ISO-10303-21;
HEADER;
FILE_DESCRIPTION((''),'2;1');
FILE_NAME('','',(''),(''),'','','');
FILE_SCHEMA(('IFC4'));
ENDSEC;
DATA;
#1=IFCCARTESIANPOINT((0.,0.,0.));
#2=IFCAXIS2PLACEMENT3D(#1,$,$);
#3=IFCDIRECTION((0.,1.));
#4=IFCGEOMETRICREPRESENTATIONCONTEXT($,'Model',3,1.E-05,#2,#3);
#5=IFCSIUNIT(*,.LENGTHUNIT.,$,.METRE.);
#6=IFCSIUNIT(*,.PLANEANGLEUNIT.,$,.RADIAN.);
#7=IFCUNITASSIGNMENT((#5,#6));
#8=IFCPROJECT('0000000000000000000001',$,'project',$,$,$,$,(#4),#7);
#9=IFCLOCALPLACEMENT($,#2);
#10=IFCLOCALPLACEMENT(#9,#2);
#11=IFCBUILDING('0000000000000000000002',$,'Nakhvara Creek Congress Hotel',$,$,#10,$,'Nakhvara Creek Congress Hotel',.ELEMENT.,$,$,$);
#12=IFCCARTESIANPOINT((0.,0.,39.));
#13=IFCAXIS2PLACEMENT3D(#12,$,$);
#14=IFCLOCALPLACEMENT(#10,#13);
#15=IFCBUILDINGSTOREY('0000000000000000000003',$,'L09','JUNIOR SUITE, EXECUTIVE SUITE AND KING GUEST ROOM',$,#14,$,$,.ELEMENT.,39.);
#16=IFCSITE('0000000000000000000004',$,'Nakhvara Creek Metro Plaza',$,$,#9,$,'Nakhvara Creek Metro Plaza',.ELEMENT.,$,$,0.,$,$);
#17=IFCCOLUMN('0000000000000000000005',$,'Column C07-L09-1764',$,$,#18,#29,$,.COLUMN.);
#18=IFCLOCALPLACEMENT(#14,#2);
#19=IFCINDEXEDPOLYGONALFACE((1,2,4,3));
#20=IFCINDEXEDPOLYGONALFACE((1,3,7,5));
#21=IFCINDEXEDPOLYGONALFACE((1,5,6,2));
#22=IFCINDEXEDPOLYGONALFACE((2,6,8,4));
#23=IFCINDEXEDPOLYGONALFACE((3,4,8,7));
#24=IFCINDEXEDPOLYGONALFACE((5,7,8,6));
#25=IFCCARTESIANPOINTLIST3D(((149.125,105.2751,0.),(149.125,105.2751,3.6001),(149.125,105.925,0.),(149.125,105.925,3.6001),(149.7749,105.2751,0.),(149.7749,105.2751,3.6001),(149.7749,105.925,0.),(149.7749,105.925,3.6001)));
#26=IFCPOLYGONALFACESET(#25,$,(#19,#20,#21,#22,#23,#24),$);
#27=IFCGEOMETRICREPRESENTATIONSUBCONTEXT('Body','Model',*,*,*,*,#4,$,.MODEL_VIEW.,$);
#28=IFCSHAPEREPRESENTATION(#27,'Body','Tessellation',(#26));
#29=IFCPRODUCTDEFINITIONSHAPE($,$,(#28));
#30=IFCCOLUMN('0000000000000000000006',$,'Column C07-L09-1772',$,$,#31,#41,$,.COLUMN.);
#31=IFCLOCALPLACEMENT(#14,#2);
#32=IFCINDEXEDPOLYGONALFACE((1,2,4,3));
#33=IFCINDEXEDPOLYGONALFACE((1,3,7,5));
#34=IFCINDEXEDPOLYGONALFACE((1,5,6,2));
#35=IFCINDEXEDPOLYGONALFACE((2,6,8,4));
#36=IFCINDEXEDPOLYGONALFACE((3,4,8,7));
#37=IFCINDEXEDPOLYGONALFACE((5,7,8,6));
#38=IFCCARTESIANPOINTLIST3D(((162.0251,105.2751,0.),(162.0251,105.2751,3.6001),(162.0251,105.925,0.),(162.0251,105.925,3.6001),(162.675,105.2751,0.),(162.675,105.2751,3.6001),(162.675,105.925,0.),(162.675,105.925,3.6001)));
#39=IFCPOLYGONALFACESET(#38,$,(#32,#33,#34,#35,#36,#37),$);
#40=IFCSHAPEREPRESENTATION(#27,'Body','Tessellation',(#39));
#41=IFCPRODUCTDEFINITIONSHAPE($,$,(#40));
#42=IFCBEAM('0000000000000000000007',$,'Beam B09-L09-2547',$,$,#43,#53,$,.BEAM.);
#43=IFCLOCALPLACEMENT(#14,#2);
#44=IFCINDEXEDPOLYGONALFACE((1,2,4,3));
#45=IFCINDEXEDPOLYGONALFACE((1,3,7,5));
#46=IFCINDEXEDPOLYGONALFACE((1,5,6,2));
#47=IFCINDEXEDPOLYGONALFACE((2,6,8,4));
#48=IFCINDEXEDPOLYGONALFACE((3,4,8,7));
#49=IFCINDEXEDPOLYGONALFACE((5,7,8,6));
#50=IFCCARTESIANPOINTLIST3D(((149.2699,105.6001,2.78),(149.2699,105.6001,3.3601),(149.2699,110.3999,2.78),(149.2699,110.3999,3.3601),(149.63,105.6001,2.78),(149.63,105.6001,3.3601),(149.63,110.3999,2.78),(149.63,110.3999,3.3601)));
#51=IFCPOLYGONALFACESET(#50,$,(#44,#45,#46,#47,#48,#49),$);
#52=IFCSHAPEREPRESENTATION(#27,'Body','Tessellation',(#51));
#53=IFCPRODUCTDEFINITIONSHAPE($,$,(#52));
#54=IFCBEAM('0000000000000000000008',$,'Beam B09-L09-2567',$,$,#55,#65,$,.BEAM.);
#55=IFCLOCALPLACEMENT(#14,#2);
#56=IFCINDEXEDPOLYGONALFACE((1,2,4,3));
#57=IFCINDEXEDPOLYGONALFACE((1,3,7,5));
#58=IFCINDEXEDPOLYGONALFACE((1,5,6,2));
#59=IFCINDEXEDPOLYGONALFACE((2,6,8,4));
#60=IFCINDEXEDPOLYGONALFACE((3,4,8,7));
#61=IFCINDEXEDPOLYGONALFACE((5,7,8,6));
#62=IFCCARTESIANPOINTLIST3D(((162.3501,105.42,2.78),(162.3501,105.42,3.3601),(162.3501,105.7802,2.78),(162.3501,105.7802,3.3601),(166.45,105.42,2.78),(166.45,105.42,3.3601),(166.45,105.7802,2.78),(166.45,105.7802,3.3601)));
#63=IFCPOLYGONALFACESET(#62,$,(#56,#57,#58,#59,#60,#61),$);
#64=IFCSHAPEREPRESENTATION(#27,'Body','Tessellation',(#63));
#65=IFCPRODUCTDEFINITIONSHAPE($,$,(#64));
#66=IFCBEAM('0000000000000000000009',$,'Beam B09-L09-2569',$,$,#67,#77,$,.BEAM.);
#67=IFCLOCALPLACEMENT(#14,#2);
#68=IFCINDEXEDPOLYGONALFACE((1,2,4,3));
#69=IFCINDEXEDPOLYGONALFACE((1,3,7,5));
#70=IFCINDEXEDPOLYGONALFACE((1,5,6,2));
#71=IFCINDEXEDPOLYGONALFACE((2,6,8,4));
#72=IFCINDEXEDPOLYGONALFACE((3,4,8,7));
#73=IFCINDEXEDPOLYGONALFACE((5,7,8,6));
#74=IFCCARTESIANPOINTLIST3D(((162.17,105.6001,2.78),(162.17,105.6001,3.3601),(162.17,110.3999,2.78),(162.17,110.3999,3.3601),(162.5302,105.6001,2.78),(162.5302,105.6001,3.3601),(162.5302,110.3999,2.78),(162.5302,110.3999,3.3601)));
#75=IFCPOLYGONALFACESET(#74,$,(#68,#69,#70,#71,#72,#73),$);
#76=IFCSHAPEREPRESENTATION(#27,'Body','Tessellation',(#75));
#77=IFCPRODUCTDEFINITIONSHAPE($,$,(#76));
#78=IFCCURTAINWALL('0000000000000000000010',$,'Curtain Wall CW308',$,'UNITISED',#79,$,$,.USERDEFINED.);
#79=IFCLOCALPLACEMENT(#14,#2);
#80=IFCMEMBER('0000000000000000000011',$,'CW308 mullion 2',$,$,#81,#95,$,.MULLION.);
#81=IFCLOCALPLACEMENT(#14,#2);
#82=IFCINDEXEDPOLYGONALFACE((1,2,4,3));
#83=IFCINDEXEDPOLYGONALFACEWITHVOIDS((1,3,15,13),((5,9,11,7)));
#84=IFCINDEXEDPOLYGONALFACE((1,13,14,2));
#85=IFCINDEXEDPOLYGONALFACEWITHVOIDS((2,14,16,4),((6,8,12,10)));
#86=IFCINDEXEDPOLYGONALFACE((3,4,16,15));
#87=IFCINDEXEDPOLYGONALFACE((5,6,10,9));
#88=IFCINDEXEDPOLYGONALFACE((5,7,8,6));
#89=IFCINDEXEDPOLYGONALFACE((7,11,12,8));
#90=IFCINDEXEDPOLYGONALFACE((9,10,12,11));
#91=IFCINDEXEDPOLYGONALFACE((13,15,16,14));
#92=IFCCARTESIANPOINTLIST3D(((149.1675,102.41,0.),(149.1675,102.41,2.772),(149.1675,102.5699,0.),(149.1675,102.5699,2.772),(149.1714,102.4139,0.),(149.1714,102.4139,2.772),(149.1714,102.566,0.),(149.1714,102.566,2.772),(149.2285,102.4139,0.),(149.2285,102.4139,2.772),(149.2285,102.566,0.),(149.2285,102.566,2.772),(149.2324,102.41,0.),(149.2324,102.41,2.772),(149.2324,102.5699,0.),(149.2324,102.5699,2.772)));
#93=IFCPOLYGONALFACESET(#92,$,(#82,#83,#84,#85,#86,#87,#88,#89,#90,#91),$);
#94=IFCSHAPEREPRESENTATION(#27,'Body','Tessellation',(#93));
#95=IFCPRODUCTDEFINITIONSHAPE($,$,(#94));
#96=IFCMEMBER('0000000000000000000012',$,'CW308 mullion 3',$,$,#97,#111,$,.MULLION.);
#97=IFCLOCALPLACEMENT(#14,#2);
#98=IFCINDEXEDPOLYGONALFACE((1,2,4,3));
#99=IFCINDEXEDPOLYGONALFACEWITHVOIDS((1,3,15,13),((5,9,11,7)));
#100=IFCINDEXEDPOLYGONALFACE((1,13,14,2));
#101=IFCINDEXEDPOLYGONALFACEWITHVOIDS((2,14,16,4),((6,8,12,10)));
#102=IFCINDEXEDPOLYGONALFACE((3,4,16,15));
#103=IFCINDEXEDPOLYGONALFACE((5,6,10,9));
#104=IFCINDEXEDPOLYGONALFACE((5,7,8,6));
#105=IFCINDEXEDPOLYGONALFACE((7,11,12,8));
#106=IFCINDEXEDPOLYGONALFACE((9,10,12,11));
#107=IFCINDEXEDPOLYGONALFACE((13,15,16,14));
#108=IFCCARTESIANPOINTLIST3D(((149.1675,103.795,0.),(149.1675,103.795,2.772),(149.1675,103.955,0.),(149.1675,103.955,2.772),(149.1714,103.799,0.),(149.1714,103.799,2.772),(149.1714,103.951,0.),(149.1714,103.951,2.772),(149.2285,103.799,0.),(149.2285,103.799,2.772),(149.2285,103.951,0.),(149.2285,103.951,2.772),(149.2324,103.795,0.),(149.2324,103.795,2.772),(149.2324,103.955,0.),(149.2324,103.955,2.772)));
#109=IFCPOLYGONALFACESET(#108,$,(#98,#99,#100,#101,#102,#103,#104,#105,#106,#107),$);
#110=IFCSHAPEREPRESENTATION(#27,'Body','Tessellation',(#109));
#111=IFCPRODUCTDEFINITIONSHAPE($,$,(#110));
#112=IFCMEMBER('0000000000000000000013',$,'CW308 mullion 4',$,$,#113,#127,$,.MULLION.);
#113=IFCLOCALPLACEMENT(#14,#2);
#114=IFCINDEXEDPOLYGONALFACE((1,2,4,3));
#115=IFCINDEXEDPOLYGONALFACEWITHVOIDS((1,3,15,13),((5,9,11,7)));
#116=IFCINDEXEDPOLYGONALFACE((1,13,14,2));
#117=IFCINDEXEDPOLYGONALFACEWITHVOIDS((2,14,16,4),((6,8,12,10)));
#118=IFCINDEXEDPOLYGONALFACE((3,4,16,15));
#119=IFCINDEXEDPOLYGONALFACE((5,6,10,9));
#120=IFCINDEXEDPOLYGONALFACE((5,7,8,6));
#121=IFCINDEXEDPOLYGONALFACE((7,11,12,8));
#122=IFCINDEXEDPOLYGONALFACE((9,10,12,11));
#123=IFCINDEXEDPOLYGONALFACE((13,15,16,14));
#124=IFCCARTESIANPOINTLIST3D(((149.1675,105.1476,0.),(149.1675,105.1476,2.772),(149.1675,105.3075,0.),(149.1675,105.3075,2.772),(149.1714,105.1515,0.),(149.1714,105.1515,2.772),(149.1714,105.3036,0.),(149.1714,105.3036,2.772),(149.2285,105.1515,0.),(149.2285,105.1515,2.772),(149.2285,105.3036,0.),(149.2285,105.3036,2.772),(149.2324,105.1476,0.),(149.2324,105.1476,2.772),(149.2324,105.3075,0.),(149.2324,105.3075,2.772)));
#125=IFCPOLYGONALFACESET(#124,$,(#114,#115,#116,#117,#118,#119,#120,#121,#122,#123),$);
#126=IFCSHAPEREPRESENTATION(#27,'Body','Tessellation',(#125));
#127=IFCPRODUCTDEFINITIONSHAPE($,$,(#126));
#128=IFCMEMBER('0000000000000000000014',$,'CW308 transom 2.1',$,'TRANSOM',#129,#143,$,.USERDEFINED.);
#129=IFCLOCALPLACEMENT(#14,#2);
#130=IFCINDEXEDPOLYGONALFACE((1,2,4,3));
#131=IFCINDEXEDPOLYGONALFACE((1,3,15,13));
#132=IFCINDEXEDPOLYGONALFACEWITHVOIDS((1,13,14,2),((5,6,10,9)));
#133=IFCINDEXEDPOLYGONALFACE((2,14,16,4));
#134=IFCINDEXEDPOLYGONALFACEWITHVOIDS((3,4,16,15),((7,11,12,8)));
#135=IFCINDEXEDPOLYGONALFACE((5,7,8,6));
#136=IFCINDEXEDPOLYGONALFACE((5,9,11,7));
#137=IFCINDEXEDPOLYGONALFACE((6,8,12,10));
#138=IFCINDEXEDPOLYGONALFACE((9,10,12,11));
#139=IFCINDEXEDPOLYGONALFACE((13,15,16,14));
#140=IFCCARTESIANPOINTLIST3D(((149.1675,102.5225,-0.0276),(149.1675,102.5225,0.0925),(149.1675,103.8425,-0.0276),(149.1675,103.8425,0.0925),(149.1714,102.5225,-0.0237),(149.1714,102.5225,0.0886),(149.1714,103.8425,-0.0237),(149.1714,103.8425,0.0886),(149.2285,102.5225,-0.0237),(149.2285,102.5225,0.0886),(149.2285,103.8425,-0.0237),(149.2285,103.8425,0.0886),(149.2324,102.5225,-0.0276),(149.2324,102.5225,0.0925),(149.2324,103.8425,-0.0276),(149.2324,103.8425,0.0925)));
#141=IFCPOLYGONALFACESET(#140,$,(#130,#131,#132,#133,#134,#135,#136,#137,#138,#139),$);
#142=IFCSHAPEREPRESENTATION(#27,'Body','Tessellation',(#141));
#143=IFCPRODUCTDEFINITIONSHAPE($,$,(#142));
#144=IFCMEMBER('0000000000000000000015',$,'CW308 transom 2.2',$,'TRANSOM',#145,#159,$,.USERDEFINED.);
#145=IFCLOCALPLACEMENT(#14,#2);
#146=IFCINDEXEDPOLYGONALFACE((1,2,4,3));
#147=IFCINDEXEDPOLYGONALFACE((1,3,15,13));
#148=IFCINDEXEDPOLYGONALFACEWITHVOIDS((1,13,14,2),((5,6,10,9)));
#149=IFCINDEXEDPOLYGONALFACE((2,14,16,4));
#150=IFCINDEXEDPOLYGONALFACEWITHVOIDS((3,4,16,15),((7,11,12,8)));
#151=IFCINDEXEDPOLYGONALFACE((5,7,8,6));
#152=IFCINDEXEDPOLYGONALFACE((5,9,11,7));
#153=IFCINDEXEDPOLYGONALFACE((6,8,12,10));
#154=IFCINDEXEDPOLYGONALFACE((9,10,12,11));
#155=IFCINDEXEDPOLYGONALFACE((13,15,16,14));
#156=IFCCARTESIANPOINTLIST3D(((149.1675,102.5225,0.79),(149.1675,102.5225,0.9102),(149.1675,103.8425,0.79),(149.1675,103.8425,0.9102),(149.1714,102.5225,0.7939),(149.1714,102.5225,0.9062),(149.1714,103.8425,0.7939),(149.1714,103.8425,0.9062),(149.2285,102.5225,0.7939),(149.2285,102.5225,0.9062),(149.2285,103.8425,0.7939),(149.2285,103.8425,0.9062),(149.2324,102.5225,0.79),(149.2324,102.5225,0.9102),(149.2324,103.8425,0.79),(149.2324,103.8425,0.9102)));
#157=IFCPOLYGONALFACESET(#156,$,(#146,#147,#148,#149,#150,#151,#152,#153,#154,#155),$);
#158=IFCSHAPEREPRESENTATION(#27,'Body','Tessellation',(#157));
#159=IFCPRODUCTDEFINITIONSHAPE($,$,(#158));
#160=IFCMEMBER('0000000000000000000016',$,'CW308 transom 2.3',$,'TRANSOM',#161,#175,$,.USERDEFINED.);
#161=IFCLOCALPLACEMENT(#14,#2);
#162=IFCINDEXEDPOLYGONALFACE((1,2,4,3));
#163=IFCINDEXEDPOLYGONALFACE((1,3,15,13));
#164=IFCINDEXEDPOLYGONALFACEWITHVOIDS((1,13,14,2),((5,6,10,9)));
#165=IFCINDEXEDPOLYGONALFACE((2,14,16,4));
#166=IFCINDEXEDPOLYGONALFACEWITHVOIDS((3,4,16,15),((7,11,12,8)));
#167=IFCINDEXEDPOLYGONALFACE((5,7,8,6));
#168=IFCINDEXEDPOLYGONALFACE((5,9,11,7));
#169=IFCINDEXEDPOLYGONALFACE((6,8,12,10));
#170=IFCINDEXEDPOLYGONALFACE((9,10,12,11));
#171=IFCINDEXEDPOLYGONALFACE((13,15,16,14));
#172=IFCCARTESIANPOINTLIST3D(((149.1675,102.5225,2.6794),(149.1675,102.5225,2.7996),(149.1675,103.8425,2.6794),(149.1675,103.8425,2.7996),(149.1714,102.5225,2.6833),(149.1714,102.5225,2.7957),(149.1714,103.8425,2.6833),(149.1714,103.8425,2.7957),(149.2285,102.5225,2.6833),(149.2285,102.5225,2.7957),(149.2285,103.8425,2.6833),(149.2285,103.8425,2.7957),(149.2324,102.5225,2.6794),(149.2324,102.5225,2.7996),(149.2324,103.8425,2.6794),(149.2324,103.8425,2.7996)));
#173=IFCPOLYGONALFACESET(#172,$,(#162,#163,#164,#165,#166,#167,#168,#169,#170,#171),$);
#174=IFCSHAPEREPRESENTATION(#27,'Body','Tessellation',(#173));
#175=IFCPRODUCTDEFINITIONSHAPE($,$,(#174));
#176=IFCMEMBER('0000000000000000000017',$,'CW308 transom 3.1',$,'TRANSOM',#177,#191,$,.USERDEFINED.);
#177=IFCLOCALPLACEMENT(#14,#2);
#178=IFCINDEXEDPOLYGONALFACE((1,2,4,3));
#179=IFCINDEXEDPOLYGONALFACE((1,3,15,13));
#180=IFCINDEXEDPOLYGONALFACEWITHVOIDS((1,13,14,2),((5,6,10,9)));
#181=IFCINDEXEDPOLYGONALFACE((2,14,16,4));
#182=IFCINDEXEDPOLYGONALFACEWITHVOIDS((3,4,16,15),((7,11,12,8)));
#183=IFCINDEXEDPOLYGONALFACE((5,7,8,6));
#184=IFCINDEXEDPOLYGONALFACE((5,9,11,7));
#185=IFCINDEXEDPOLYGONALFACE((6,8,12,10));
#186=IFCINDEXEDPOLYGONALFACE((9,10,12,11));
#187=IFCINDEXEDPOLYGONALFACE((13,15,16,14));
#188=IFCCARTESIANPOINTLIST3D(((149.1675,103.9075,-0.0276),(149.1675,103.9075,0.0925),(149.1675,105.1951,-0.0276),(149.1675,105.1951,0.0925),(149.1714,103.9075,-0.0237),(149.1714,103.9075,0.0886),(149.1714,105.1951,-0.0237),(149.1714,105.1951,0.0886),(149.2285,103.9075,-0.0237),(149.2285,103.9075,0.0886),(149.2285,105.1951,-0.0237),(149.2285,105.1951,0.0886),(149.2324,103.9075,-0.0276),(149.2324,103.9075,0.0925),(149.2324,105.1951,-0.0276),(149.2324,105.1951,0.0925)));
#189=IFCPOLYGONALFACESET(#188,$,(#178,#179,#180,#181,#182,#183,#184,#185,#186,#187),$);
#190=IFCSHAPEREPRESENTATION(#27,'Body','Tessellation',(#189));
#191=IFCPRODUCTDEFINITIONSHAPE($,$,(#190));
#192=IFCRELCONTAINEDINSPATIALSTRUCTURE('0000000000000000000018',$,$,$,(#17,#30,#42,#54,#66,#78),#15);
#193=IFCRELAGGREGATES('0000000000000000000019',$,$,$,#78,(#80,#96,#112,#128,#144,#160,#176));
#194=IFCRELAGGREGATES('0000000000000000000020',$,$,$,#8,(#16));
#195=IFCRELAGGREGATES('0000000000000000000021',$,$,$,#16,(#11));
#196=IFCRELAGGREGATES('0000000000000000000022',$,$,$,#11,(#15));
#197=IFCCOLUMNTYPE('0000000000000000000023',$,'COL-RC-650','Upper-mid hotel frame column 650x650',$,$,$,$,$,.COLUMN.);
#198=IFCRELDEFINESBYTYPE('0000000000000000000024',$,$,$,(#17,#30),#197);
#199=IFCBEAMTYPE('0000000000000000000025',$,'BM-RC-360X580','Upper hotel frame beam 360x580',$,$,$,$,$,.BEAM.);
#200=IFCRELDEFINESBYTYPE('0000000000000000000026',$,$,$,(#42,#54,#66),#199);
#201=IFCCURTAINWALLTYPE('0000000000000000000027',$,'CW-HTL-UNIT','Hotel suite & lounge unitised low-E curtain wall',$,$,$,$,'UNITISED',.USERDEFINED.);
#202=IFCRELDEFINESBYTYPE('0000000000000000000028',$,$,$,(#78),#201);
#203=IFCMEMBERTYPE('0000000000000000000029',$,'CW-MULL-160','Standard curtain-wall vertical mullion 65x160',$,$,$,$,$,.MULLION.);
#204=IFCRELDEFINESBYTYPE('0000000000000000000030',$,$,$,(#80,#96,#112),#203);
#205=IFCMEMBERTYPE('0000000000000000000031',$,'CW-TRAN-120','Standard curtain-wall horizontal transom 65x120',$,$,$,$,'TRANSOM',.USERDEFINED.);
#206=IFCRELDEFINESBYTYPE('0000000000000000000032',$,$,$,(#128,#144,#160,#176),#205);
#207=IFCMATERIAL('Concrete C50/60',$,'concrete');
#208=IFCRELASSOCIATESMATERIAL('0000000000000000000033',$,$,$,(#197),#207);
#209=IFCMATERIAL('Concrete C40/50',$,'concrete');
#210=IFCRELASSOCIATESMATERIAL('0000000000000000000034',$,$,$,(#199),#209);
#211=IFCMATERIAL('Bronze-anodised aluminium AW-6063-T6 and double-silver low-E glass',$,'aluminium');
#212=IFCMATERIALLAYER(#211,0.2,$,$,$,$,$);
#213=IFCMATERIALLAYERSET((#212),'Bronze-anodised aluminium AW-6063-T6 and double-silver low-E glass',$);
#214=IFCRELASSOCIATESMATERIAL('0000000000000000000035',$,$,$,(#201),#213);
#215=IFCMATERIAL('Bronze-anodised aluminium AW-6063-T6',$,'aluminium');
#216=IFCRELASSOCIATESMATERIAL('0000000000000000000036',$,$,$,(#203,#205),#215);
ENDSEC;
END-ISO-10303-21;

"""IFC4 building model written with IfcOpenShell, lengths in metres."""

from ifc_helpers import new_model, si_unit, direction, frame, origin, origin_2d, place, context, subcontext, project, spatial, rectangle, hollow_rectangle, extrude, material, layer, layer_set, material_profile, profile_set, type_object, element, aggregate, save


model = new_model("IFC4")

# Units and contexts
model_context = context("Model", 3, precision=1e-05, world=origin(), true_north=direction((0.0, 1.0)))
body_context = subcontext(model_context, "Body", "Model", "MODEL_VIEW")
ifc_project = project(units=[si_unit("LENGTHUNIT", "METRE"), si_unit("PLANEANGLEUNIT", "RADIAN")], contexts=[model_context])

# Site, building, storey
site_placement = place(None, origin())
site = spatial("IfcSite", under=ifc_project, at=site_placement, Name="Nakhvara Creek Metro Plaza", LongName="Nakhvara Creek Metro Plaza", CompositionType="ELEMENT", RefElevation=0.0)
building_placement = place(site_placement, origin())
building = spatial("IfcBuilding", under=site, at=building_placement, Name="Nakhvara Creek Congress Hotel", LongName="Nakhvara Creek Congress Hotel", CompositionType="ELEMENT")
storey_placement = place(building_placement, frame((0.0, 0.0, 39.0)))
storey = spatial("IfcBuildingStorey", under=building, at=storey_placement, Name="L09", Description="JUNIOR SUITE, EXECUTIVE SUITE AND KING GUEST ROOM", CompositionType="ELEMENT", Elevation=39.0)

# Columns
ifc_material_1 = material(Name="Concrete C50/60", Category="concrete")
ifc_material_profile_1 = material_profile(ifc_material_1, rectangle(XDim=0.6499, YDim=0.6499, at=origin_2d()), Name="RC-COL 650x650", Category="LoadBearing")
ifc_profile_set_1 = profile_set([ifc_material_profile_1], Name="Concrete C50/60")
column_type = type_object("IfcColumnType", Name="COL-RC-650", Description="Upper-mid hotel frame column 650x650", PredefinedType="COLUMN", material=ifc_profile_set_1)
for number, where, z_axis, x_axis, name in (
    (1, (149.45, 105.6001, 0.0), (0.0, 0.0, 1.0), (1.0, 0.0, 0.0), "Column C07-L09-1764"),
    (2, (162.3501, 105.6001, 0.0), (0.0, 0.0, 1.0), (1.0, 0.0, 0.0), "Column C07-L09-1772"),
):
    element("IfcColumn", number, at=place(storey_placement, frame(where, z_axis=z_axis, x_axis=x_axis)), inside=storey, type_object=column_type, Name=name, PredefinedType="COLUMN", context=body_context, shape_type="SweptSolid", body=[
        extrude(rectangle(XDim=0.6499, YDim=0.6499, at=origin_2d()), origin(), (0.0, 0.0, 1.0), 3.6001),
    ])

# Beams
ifc_material_2 = material(Name="Concrete C40/50", Category="concrete")
ifc_material_profile_2 = material_profile(ifc_material_2, rectangle(XDim=0.3601, YDim=0.5801, at=origin_2d()), Name="RC-BM 360x580", Category="LoadBearing")
ifc_profile_set_2 = profile_set([ifc_material_profile_2], Name="Concrete C40/50")
beam_type = type_object("IfcBeamType", Name="BM-RC-360X580", Description="Upper hotel frame beam 360x580", PredefinedType="BEAM", material=ifc_profile_set_2)
beam_1_placement = place(storey_placement, frame((149.45, 105.6001, 3.0701), z_axis=(0.0, 1.0, 0.0), x_axis=(-1.0, 0.0, 0.0)))
element("IfcBeam", 3, at=beam_1_placement, inside=storey, type_object=beam_type, Name="Beam B09-L09-2547", PredefinedType="BEAM", context=body_context, shape_type="SweptSolid", body=[
    extrude(rectangle(XDim=0.3601, YDim=0.5801, at=origin_2d()), origin(), (0.0, 0.0, 1.0), 4.7998),
])
beam_2_placement = place(storey_placement, frame((162.3501, 105.6001, 3.0701), z_axis=(1.0, 0.0, 0.0), x_axis=(0.0, 1.0, 0.0)))
element("IfcBeam", 4, at=beam_2_placement, inside=storey, type_object=beam_type, Name="Beam B09-L09-2567", PredefinedType="BEAM", context=body_context, shape_type="SweptSolid", body=[
    extrude(rectangle(XDim=0.3601, YDim=0.5801, at=origin_2d()), origin(), (0.0, 0.0, 1.0), 4.0999),
])
beam_3_placement = place(storey_placement, frame((162.3501, 105.6001, 3.0701), z_axis=(0.0, 1.0, 0.0), x_axis=(-1.0, 0.0, 0.0)))
element("IfcBeam", 5, at=beam_3_placement, inside=storey, type_object=beam_type, Name="Beam B09-L09-2569", PredefinedType="BEAM", context=body_context, shape_type="SweptSolid", body=[
    extrude(rectangle(XDim=0.3601, YDim=0.5801, at=origin_2d()), origin(), (0.0, 0.0, 1.0), 4.7998),
])

# Curtain wall, members
ifc_material_3 = material(Name="Bronze-anodised aluminium AW-6063-T6 and double-silver low-E glass", Category="aluminium")
ifc_layer_1 = layer(ifc_material_3, 0.2)
ifc_layer_set_1 = layer_set([ifc_layer_1], Name="Bronze-anodised aluminium AW-6063-T6 and double-silver low-E glass")
curtain_wall_type = type_object("IfcCurtainWallType", Name="CW-HTL-UNIT", Description="Hotel suite & lounge unitised low-E curtain wall", ElementType="UNITISED", PredefinedType="USERDEFINED", material=ifc_layer_set_1)
curtain_wall_placement = place(storey_placement, origin())
curtain_wall = element("IfcCurtainWall", 6, at=curtain_wall_placement, inside=storey, type_object=curtain_wall_type, Name="Curtain Wall CW308", ObjectType="UNITISED", PredefinedType="USERDEFINED")
ifc_material_4 = material(Name="Bronze-anodised aluminium AW-6063-T6", Category="aluminium")
ifc_material_profile_3 = material_profile(ifc_material_4, hollow_rectangle(XDim=0.0649, YDim=0.1599, WallThickness=0.0039, at=origin_2d()), Name="ALU-MULL 65x160x4", Category="LoadBearing")
ifc_profile_set_3 = profile_set([ifc_material_profile_3], Name="Bronze-anodised aluminium AW-6063-T6")
member_type_1 = type_object("IfcMemberType", Name="CW-MULL-160", Description="Standard curtain-wall vertical mullion 65x160", PredefinedType="MULLION", material=ifc_profile_set_3)
member_1_placement = place(storey_placement, frame((149.2, 102.49, 0.0), z_axis=(0.0, 0.0, 1.0), x_axis=(-1.0, 0.0, 0.0)))
member_1 = element("IfcMember", 7, at=member_1_placement, type_object=member_type_1, Name="CW308 mullion 2", PredefinedType="MULLION", context=body_context, shape_type="SweptSolid", body=[
    extrude(hollow_rectangle(XDim=0.0649, YDim=0.1599, WallThickness=0.0039, at=origin_2d()), origin(), (0.0, 0.0, 1.0), 2.772),
])
member_2_placement = place(storey_placement, frame((149.2, 103.875, 0.0), z_axis=(0.0, 0.0, 1.0), x_axis=(-1.0, 0.0, 0.0)))
member_2 = element("IfcMember", 8, at=member_2_placement, type_object=member_type_1, Name="CW308 mullion 3", PredefinedType="MULLION", context=body_context, shape_type="SweptSolid", body=[
    extrude(hollow_rectangle(XDim=0.0649, YDim=0.1599, WallThickness=0.0039, at=origin_2d()), origin(), (0.0, 0.0, 1.0), 2.772),
])
member_3_placement = place(storey_placement, frame((149.2, 105.2275, 0.0), z_axis=(0.0, 0.0, 1.0), x_axis=(-1.0, 0.0, 0.0)))
member_3 = element("IfcMember", 9, at=member_3_placement, type_object=member_type_1, Name="CW308 mullion 4", PredefinedType="MULLION", context=body_context, shape_type="SweptSolid", body=[
    extrude(hollow_rectangle(XDim=0.0649, YDim=0.1599, WallThickness=0.0039, at=origin_2d()), origin(), (0.0, 0.0, 1.0), 2.772),
])
ifc_material_profile_4 = material_profile(ifc_material_4, hollow_rectangle(XDim=0.0649, YDim=0.1201, WallThickness=0.0039, at=origin_2d()), Name="ALU-TRAN 65x120x4", Category="LoadBearing")
ifc_profile_set_4 = profile_set([ifc_material_profile_4], Name="Bronze-anodised aluminium AW-6063-T6")
member_type_2 = type_object("IfcMemberType", Name="CW-TRAN-120", Description="Standard curtain-wall horizontal transom 65x120", ElementType="TRANSOM", PredefinedType="USERDEFINED", material=ifc_profile_set_4)
member_4_placement = place(storey_placement, frame((149.2, 102.5225, 0.0325), z_axis=(0.0, 1.0, 0.0), x_axis=(-1.0, 0.0, 0.0)))
member_4 = element("IfcMember", 10, at=member_4_placement, type_object=member_type_2, Name="CW308 transom 2.1", ObjectType="TRANSOM", PredefinedType="USERDEFINED", context=body_context, shape_type="SweptSolid", body=[
    extrude(hollow_rectangle(XDim=0.0649, YDim=0.1201, WallThickness=0.0039, at=origin_2d()), origin(), (0.0, 0.0, 1.0), 1.3201),
])
member_5_placement = place(storey_placement, frame((149.2, 102.5225, 0.8501), z_axis=(0.0, 1.0, 0.0), x_axis=(-1.0, 0.0, 0.0)))
member_5 = element("IfcMember", 11, at=member_5_placement, type_object=member_type_2, Name="CW308 transom 2.2", ObjectType="TRANSOM", PredefinedType="USERDEFINED", context=body_context, shape_type="SweptSolid", body=[
    extrude(hollow_rectangle(XDim=0.0649, YDim=0.1201, WallThickness=0.0039, at=origin_2d()), origin(), (0.0, 0.0, 1.0), 1.3201),
])
member_6_placement = place(storey_placement, frame((149.2, 102.5225, 2.7395), z_axis=(0.0, 1.0, 0.0), x_axis=(-1.0, 0.0, 0.0)))
member_6 = element("IfcMember", 12, at=member_6_placement, type_object=member_type_2, Name="CW308 transom 2.3", ObjectType="TRANSOM", PredefinedType="USERDEFINED", context=body_context, shape_type="SweptSolid", body=[
    extrude(hollow_rectangle(XDim=0.0649, YDim=0.1201, WallThickness=0.0039, at=origin_2d()), origin(), (0.0, 0.0, 1.0), 1.3201),
])
member_7_placement = place(storey_placement, frame((149.2, 103.9075, 0.0325), z_axis=(0.0, 1.0, 0.0), x_axis=(-1.0, 0.0, 0.0)))
member_7 = element("IfcMember", 13, at=member_7_placement, type_object=member_type_2, Name="CW308 transom 3.1", ObjectType="TRANSOM", PredefinedType="USERDEFINED", context=body_context, shape_type="SweptSolid", body=[
    extrude(hollow_rectangle(XDim=0.0649, YDim=0.1201, WallThickness=0.0039, at=origin_2d()), origin(), (0.0, 0.0, 1.0), 1.2876),
])
aggregate(curtain_wall, [member_1, member_2, member_3, member_4, member_5, member_6, member_7])

save(model, "model.ifc")
